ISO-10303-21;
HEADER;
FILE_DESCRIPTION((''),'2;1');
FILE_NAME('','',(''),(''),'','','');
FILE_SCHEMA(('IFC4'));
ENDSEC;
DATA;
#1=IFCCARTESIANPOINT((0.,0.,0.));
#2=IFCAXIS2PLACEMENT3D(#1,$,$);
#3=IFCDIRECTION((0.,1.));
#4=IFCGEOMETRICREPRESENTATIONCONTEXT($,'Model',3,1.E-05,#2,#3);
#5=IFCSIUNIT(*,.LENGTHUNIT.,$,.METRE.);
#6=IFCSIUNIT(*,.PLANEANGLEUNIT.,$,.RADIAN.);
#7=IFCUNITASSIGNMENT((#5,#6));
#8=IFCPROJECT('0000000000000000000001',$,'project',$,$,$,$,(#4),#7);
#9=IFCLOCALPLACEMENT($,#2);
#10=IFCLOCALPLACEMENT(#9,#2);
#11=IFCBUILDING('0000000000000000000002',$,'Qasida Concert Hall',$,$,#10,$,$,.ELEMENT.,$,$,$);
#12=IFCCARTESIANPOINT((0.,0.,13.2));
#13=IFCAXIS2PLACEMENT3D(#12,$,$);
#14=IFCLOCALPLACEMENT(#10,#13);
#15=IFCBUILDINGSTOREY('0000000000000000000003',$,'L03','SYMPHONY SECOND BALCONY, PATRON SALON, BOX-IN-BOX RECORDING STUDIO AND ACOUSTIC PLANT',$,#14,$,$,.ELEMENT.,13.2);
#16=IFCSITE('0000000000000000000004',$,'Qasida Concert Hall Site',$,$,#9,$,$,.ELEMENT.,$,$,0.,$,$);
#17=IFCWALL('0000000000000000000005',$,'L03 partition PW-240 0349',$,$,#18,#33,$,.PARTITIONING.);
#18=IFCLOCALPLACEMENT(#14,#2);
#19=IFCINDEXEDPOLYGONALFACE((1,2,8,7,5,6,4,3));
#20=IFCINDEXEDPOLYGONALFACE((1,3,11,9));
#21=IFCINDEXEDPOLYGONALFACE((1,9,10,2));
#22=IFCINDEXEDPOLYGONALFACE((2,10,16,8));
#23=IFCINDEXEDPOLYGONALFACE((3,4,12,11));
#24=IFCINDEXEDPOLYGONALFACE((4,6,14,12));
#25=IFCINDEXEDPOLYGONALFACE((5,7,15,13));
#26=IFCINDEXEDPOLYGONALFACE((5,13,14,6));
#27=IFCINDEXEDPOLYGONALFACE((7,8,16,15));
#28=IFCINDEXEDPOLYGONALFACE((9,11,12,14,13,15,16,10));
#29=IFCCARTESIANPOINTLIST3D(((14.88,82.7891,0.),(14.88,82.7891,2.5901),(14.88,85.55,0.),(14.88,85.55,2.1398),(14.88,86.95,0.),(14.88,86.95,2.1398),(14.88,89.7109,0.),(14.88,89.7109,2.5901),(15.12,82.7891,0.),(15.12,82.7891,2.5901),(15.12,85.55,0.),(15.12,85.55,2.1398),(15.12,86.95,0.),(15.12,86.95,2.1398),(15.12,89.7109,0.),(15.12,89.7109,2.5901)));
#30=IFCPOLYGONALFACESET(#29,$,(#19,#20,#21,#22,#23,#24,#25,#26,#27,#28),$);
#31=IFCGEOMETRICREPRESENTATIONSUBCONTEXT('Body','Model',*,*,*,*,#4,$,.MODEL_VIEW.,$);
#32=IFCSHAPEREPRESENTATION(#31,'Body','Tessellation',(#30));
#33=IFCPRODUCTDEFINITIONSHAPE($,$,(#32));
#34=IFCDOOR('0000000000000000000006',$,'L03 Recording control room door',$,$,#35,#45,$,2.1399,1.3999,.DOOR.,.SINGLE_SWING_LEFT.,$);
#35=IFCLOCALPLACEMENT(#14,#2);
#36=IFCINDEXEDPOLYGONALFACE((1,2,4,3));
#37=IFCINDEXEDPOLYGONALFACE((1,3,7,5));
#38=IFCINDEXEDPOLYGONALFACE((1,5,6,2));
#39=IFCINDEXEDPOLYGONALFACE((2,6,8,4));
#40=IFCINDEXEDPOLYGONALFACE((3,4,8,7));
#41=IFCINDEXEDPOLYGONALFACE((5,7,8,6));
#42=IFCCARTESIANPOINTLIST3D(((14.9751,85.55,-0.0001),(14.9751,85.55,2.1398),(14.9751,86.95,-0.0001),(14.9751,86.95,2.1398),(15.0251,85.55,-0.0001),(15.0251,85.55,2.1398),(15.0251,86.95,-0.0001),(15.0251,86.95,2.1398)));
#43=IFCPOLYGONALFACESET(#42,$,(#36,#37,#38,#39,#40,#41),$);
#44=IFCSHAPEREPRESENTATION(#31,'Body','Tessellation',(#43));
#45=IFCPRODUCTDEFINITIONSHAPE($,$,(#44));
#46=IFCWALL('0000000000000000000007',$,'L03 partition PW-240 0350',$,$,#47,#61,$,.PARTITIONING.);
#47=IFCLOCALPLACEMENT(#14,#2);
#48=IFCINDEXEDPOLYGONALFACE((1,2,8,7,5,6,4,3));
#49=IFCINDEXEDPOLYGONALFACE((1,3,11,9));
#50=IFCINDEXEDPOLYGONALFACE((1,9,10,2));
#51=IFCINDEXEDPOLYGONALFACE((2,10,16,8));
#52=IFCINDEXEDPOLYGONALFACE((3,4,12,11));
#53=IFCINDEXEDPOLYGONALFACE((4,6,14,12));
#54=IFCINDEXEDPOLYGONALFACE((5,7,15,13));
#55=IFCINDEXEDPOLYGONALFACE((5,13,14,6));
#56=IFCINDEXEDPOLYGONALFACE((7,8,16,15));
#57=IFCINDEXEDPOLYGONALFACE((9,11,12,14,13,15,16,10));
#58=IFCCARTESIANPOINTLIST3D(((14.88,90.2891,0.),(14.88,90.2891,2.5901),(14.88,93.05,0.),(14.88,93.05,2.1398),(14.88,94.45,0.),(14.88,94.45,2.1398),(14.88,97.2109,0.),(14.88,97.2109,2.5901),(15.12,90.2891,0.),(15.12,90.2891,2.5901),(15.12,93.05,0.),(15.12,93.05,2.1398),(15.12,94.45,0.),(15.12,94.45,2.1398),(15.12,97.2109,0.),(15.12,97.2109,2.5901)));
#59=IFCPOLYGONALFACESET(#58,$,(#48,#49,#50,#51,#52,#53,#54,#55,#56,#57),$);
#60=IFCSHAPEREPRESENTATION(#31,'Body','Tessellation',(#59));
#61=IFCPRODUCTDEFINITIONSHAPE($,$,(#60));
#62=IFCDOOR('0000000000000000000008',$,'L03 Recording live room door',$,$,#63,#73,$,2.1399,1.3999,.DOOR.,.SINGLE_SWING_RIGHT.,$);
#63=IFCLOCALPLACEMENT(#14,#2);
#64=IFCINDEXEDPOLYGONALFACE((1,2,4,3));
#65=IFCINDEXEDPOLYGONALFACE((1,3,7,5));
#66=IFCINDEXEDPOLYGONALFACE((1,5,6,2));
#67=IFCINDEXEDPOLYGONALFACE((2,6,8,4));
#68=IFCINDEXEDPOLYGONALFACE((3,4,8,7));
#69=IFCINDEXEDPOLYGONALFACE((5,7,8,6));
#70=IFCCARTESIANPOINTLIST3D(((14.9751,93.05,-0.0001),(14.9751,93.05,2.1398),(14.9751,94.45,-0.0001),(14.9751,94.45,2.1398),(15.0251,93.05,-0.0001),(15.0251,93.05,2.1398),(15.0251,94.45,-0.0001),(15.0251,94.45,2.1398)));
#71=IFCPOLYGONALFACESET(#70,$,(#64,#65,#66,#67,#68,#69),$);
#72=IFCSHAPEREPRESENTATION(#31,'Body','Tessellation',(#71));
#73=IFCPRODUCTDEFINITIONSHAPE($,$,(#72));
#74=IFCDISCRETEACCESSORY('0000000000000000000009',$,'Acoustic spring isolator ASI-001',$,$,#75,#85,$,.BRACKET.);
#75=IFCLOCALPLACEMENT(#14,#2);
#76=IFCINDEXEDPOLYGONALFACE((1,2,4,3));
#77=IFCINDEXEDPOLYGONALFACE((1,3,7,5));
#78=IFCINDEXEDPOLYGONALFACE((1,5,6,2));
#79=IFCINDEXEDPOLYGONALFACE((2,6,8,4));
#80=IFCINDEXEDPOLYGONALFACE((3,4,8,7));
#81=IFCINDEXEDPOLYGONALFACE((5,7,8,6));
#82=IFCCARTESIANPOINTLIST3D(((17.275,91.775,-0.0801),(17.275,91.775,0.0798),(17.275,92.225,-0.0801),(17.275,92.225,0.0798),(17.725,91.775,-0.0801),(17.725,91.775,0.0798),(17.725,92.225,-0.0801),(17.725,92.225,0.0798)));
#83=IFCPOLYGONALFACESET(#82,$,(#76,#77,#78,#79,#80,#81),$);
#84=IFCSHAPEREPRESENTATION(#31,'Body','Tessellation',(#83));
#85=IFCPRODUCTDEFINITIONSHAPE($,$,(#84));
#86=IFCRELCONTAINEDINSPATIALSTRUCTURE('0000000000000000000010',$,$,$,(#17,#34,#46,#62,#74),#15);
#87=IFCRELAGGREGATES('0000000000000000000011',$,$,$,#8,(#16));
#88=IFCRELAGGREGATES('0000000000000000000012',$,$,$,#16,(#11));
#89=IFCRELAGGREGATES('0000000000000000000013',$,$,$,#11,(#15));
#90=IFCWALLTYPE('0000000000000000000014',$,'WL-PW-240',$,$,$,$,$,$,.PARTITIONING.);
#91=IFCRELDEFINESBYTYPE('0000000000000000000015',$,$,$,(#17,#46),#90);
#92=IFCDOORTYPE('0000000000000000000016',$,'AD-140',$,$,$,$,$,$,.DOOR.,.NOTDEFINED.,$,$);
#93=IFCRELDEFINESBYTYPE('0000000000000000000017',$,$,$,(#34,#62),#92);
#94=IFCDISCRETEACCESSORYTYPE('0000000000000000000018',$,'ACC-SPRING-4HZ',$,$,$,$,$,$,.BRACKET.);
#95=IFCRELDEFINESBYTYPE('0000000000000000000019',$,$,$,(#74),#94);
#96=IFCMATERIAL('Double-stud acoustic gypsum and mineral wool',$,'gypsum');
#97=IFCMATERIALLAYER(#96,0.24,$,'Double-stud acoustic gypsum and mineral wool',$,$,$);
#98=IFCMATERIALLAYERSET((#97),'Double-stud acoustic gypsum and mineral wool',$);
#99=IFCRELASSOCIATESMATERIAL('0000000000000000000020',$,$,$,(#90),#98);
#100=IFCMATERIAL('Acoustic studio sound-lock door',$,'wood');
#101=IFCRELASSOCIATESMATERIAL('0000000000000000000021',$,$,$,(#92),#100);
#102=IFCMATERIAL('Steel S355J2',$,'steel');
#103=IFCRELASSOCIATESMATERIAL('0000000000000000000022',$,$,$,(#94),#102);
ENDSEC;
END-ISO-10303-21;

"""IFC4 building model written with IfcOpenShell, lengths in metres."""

from ifc_helpers import new_model, si_unit, direction, frame, frame_2d, origin, origin_2d, place, context, subcontext, project, spatial, rectangle, extrude, material, layer, layer_set, type_object, element, fill, save


model = new_model("IFC4")

# Units and contexts
model_context = context("Model", 3, precision=1e-05, world=origin(), true_north=direction((0.0, 1.0)))
body_context = subcontext(model_context, "Body", "Model", "MODEL_VIEW")
ifc_project = project(units=[si_unit("LENGTHUNIT", "METRE"), si_unit("PLANEANGLEUNIT", "RADIAN")], contexts=[model_context])

# Site, building, storey
site_placement = place(None, origin())
site = spatial("IfcSite", under=ifc_project, at=site_placement, Name="Qasida Concert Hall Site", CompositionType="ELEMENT", RefElevation=0.0)
building_placement = place(site_placement, origin())
building = spatial("IfcBuilding", under=site, at=building_placement, Name="Qasida Concert Hall", CompositionType="ELEMENT")
storey_placement = place(building_placement, frame((0.0, 0.0, 13.2)))
storey = spatial("IfcBuildingStorey", under=building, at=storey_placement, Name="L03", Description="SYMPHONY SECOND BALCONY, PATRON SALON, BOX-IN-BOX RECORDING STUDIO AND ACOUSTIC PLANT", CompositionType="ELEMENT", Elevation=13.2)

# Shared definitions
ifc_material_1 = material(Name="Steel S355J2", Category="steel")

# Shared definitions
ifc_material_2 = material(Name="Double-stud acoustic gypsum and mineral wool", Category="gypsum")
ifc_layer = layer(ifc_material_2, 0.24, Name="Double-stud acoustic gypsum and mineral wool")
ifc_layer_set = layer_set([ifc_layer], Name="Double-stud acoustic gypsum and mineral wool")
wall_type = type_object("IfcWallType", Name="WL-PW-240", PredefinedType="PARTITIONING", material=ifc_layer_set)

# Walls, openings, doors
wall_1_placement = place(storey_placement, frame((15.0, 82.7891, 0.0), z_axis=(0.0, 0.0, 1.0), x_axis=(0.0, 1.0, 0.0)))
wall_1 = element("IfcWall", 1, at=wall_1_placement, inside=storey, type_object=wall_type, Name="L03 partition PW-240 0349", PredefinedType="PARTITIONING", context=body_context, shape_type="SweptSolid", body=[
    extrude(rectangle(XDim=6.9219, YDim=0.24, at=frame_2d((3.4609, 0.0))), origin(), (0.0, 0.0, 1.0), 2.5901),
])
opening_1_placement = place(wall_1_placement, frame((2.761, 0.0, 0.0)))
opening_1 = element("IfcOpeningElement", 2, at=opening_1_placement, cuts=wall_1, PredefinedType="OPENING", context=body_context, shape_type="SweptSolid", body=[
    extrude(rectangle(XDim=1.3999, YDim=2.1399, at=frame_2d((0.7, 1.0698))), frame((0.0, 0.1299, 0.0), z_axis=(0.0, -1.0, 0.0), x_axis=(1.0, 0.0, 0.0)), (0.0, 0.0, 1.0), 0.26),
])
ifc_material_3 = material(Name="Acoustic studio sound-lock door", Category="wood")
door_type = type_object("IfcDoorType", Name="AD-140", OperationType="NOTDEFINED", PredefinedType="DOOR", material=ifc_material_3)
door_1_placement = place(opening_1_placement, origin())
door_1 = element("IfcDoor", 3, at=door_1_placement, inside=storey, type_object=door_type, Name="L03 Recording control room door", OperationType="SINGLE_SWING_LEFT", OverallHeight=2.1399, OverallWidth=1.3999, PredefinedType="DOOR", context=body_context, shape_type="SweptSolid", body=[
    extrude(rectangle(XDim=1.3999, YDim=2.1399, at=frame_2d((0.7, 1.0698))), frame((0.0, 0.0249, 0.0), z_axis=(0.0, -1.0, 0.0), x_axis=(1.0, 0.0, 0.0)), (0.0, 0.0, 1.0), 0.05),
])
fill(opening_1, door_1)
wall_2_placement = place(storey_placement, frame((15.0, 90.2891, 0.0), z_axis=(0.0, 0.0, 1.0), x_axis=(0.0, 1.0, 0.0)))
wall_2 = element("IfcWall", 4, at=wall_2_placement, inside=storey, type_object=wall_type, Name="L03 partition PW-240 0350", PredefinedType="PARTITIONING", context=body_context, shape_type="SweptSolid", body=[
    extrude(rectangle(XDim=6.9219, YDim=0.24, at=frame_2d((3.4609, 0.0))), origin(), (0.0, 0.0, 1.0), 2.5901),
])
opening_2_placement = place(wall_2_placement, frame((2.761, 0.0, 0.0)))
opening_2 = element("IfcOpeningElement", 5, at=opening_2_placement, cuts=wall_2, PredefinedType="OPENING", context=body_context, shape_type="SweptSolid", body=[
    extrude(rectangle(XDim=1.3999, YDim=2.1399, at=frame_2d((0.7, 1.0698))), frame((0.0, 0.1299, 0.0), z_axis=(0.0, -1.0, 0.0), x_axis=(1.0, 0.0, 0.0)), (0.0, 0.0, 1.0), 0.26),
])
door_2_placement = place(opening_2_placement, origin())
door_2 = element("IfcDoor", 6, at=door_2_placement, inside=storey, type_object=door_type, Name="L03 Recording live room door", OperationType="SINGLE_SWING_RIGHT", OverallHeight=2.1399, OverallWidth=1.3999, PredefinedType="DOOR", context=body_context, shape_type="SweptSolid", body=[
    extrude(rectangle(XDim=1.3999, YDim=2.1399, at=frame_2d((0.7, 1.0698))), frame((0.0, 0.0249, 0.0), z_axis=(0.0, -1.0, 0.0), x_axis=(1.0, 0.0, 0.0)), (0.0, 0.0, 1.0), 0.05),
])
fill(opening_2, door_2)

# Discrete accessory
discrete_accessory_type = type_object("IfcDiscreteAccessoryType", Name="ACC-SPRING-4HZ", PredefinedType="BRACKET", material=ifc_material_1)
discrete_accessory_placement = place(storey_placement, frame((17.5, 92.0, -0.0801), z_axis=(0.0, 0.0, 1.0), x_axis=(1.0, 0.0, 0.0)))
element("IfcDiscreteAccessory", 7, at=discrete_accessory_placement, inside=storey, type_object=discrete_accessory_type, Name="Acoustic spring isolator ASI-001", PredefinedType="BRACKET", context=body_context, shape_type="SweptSolid", body=[
    extrude(rectangle(XDim=0.45, YDim=0.45, at=origin_2d()), origin(), (0.0, 0.0, 1.0), 0.1599),
])

save(model, "model.ifc")
